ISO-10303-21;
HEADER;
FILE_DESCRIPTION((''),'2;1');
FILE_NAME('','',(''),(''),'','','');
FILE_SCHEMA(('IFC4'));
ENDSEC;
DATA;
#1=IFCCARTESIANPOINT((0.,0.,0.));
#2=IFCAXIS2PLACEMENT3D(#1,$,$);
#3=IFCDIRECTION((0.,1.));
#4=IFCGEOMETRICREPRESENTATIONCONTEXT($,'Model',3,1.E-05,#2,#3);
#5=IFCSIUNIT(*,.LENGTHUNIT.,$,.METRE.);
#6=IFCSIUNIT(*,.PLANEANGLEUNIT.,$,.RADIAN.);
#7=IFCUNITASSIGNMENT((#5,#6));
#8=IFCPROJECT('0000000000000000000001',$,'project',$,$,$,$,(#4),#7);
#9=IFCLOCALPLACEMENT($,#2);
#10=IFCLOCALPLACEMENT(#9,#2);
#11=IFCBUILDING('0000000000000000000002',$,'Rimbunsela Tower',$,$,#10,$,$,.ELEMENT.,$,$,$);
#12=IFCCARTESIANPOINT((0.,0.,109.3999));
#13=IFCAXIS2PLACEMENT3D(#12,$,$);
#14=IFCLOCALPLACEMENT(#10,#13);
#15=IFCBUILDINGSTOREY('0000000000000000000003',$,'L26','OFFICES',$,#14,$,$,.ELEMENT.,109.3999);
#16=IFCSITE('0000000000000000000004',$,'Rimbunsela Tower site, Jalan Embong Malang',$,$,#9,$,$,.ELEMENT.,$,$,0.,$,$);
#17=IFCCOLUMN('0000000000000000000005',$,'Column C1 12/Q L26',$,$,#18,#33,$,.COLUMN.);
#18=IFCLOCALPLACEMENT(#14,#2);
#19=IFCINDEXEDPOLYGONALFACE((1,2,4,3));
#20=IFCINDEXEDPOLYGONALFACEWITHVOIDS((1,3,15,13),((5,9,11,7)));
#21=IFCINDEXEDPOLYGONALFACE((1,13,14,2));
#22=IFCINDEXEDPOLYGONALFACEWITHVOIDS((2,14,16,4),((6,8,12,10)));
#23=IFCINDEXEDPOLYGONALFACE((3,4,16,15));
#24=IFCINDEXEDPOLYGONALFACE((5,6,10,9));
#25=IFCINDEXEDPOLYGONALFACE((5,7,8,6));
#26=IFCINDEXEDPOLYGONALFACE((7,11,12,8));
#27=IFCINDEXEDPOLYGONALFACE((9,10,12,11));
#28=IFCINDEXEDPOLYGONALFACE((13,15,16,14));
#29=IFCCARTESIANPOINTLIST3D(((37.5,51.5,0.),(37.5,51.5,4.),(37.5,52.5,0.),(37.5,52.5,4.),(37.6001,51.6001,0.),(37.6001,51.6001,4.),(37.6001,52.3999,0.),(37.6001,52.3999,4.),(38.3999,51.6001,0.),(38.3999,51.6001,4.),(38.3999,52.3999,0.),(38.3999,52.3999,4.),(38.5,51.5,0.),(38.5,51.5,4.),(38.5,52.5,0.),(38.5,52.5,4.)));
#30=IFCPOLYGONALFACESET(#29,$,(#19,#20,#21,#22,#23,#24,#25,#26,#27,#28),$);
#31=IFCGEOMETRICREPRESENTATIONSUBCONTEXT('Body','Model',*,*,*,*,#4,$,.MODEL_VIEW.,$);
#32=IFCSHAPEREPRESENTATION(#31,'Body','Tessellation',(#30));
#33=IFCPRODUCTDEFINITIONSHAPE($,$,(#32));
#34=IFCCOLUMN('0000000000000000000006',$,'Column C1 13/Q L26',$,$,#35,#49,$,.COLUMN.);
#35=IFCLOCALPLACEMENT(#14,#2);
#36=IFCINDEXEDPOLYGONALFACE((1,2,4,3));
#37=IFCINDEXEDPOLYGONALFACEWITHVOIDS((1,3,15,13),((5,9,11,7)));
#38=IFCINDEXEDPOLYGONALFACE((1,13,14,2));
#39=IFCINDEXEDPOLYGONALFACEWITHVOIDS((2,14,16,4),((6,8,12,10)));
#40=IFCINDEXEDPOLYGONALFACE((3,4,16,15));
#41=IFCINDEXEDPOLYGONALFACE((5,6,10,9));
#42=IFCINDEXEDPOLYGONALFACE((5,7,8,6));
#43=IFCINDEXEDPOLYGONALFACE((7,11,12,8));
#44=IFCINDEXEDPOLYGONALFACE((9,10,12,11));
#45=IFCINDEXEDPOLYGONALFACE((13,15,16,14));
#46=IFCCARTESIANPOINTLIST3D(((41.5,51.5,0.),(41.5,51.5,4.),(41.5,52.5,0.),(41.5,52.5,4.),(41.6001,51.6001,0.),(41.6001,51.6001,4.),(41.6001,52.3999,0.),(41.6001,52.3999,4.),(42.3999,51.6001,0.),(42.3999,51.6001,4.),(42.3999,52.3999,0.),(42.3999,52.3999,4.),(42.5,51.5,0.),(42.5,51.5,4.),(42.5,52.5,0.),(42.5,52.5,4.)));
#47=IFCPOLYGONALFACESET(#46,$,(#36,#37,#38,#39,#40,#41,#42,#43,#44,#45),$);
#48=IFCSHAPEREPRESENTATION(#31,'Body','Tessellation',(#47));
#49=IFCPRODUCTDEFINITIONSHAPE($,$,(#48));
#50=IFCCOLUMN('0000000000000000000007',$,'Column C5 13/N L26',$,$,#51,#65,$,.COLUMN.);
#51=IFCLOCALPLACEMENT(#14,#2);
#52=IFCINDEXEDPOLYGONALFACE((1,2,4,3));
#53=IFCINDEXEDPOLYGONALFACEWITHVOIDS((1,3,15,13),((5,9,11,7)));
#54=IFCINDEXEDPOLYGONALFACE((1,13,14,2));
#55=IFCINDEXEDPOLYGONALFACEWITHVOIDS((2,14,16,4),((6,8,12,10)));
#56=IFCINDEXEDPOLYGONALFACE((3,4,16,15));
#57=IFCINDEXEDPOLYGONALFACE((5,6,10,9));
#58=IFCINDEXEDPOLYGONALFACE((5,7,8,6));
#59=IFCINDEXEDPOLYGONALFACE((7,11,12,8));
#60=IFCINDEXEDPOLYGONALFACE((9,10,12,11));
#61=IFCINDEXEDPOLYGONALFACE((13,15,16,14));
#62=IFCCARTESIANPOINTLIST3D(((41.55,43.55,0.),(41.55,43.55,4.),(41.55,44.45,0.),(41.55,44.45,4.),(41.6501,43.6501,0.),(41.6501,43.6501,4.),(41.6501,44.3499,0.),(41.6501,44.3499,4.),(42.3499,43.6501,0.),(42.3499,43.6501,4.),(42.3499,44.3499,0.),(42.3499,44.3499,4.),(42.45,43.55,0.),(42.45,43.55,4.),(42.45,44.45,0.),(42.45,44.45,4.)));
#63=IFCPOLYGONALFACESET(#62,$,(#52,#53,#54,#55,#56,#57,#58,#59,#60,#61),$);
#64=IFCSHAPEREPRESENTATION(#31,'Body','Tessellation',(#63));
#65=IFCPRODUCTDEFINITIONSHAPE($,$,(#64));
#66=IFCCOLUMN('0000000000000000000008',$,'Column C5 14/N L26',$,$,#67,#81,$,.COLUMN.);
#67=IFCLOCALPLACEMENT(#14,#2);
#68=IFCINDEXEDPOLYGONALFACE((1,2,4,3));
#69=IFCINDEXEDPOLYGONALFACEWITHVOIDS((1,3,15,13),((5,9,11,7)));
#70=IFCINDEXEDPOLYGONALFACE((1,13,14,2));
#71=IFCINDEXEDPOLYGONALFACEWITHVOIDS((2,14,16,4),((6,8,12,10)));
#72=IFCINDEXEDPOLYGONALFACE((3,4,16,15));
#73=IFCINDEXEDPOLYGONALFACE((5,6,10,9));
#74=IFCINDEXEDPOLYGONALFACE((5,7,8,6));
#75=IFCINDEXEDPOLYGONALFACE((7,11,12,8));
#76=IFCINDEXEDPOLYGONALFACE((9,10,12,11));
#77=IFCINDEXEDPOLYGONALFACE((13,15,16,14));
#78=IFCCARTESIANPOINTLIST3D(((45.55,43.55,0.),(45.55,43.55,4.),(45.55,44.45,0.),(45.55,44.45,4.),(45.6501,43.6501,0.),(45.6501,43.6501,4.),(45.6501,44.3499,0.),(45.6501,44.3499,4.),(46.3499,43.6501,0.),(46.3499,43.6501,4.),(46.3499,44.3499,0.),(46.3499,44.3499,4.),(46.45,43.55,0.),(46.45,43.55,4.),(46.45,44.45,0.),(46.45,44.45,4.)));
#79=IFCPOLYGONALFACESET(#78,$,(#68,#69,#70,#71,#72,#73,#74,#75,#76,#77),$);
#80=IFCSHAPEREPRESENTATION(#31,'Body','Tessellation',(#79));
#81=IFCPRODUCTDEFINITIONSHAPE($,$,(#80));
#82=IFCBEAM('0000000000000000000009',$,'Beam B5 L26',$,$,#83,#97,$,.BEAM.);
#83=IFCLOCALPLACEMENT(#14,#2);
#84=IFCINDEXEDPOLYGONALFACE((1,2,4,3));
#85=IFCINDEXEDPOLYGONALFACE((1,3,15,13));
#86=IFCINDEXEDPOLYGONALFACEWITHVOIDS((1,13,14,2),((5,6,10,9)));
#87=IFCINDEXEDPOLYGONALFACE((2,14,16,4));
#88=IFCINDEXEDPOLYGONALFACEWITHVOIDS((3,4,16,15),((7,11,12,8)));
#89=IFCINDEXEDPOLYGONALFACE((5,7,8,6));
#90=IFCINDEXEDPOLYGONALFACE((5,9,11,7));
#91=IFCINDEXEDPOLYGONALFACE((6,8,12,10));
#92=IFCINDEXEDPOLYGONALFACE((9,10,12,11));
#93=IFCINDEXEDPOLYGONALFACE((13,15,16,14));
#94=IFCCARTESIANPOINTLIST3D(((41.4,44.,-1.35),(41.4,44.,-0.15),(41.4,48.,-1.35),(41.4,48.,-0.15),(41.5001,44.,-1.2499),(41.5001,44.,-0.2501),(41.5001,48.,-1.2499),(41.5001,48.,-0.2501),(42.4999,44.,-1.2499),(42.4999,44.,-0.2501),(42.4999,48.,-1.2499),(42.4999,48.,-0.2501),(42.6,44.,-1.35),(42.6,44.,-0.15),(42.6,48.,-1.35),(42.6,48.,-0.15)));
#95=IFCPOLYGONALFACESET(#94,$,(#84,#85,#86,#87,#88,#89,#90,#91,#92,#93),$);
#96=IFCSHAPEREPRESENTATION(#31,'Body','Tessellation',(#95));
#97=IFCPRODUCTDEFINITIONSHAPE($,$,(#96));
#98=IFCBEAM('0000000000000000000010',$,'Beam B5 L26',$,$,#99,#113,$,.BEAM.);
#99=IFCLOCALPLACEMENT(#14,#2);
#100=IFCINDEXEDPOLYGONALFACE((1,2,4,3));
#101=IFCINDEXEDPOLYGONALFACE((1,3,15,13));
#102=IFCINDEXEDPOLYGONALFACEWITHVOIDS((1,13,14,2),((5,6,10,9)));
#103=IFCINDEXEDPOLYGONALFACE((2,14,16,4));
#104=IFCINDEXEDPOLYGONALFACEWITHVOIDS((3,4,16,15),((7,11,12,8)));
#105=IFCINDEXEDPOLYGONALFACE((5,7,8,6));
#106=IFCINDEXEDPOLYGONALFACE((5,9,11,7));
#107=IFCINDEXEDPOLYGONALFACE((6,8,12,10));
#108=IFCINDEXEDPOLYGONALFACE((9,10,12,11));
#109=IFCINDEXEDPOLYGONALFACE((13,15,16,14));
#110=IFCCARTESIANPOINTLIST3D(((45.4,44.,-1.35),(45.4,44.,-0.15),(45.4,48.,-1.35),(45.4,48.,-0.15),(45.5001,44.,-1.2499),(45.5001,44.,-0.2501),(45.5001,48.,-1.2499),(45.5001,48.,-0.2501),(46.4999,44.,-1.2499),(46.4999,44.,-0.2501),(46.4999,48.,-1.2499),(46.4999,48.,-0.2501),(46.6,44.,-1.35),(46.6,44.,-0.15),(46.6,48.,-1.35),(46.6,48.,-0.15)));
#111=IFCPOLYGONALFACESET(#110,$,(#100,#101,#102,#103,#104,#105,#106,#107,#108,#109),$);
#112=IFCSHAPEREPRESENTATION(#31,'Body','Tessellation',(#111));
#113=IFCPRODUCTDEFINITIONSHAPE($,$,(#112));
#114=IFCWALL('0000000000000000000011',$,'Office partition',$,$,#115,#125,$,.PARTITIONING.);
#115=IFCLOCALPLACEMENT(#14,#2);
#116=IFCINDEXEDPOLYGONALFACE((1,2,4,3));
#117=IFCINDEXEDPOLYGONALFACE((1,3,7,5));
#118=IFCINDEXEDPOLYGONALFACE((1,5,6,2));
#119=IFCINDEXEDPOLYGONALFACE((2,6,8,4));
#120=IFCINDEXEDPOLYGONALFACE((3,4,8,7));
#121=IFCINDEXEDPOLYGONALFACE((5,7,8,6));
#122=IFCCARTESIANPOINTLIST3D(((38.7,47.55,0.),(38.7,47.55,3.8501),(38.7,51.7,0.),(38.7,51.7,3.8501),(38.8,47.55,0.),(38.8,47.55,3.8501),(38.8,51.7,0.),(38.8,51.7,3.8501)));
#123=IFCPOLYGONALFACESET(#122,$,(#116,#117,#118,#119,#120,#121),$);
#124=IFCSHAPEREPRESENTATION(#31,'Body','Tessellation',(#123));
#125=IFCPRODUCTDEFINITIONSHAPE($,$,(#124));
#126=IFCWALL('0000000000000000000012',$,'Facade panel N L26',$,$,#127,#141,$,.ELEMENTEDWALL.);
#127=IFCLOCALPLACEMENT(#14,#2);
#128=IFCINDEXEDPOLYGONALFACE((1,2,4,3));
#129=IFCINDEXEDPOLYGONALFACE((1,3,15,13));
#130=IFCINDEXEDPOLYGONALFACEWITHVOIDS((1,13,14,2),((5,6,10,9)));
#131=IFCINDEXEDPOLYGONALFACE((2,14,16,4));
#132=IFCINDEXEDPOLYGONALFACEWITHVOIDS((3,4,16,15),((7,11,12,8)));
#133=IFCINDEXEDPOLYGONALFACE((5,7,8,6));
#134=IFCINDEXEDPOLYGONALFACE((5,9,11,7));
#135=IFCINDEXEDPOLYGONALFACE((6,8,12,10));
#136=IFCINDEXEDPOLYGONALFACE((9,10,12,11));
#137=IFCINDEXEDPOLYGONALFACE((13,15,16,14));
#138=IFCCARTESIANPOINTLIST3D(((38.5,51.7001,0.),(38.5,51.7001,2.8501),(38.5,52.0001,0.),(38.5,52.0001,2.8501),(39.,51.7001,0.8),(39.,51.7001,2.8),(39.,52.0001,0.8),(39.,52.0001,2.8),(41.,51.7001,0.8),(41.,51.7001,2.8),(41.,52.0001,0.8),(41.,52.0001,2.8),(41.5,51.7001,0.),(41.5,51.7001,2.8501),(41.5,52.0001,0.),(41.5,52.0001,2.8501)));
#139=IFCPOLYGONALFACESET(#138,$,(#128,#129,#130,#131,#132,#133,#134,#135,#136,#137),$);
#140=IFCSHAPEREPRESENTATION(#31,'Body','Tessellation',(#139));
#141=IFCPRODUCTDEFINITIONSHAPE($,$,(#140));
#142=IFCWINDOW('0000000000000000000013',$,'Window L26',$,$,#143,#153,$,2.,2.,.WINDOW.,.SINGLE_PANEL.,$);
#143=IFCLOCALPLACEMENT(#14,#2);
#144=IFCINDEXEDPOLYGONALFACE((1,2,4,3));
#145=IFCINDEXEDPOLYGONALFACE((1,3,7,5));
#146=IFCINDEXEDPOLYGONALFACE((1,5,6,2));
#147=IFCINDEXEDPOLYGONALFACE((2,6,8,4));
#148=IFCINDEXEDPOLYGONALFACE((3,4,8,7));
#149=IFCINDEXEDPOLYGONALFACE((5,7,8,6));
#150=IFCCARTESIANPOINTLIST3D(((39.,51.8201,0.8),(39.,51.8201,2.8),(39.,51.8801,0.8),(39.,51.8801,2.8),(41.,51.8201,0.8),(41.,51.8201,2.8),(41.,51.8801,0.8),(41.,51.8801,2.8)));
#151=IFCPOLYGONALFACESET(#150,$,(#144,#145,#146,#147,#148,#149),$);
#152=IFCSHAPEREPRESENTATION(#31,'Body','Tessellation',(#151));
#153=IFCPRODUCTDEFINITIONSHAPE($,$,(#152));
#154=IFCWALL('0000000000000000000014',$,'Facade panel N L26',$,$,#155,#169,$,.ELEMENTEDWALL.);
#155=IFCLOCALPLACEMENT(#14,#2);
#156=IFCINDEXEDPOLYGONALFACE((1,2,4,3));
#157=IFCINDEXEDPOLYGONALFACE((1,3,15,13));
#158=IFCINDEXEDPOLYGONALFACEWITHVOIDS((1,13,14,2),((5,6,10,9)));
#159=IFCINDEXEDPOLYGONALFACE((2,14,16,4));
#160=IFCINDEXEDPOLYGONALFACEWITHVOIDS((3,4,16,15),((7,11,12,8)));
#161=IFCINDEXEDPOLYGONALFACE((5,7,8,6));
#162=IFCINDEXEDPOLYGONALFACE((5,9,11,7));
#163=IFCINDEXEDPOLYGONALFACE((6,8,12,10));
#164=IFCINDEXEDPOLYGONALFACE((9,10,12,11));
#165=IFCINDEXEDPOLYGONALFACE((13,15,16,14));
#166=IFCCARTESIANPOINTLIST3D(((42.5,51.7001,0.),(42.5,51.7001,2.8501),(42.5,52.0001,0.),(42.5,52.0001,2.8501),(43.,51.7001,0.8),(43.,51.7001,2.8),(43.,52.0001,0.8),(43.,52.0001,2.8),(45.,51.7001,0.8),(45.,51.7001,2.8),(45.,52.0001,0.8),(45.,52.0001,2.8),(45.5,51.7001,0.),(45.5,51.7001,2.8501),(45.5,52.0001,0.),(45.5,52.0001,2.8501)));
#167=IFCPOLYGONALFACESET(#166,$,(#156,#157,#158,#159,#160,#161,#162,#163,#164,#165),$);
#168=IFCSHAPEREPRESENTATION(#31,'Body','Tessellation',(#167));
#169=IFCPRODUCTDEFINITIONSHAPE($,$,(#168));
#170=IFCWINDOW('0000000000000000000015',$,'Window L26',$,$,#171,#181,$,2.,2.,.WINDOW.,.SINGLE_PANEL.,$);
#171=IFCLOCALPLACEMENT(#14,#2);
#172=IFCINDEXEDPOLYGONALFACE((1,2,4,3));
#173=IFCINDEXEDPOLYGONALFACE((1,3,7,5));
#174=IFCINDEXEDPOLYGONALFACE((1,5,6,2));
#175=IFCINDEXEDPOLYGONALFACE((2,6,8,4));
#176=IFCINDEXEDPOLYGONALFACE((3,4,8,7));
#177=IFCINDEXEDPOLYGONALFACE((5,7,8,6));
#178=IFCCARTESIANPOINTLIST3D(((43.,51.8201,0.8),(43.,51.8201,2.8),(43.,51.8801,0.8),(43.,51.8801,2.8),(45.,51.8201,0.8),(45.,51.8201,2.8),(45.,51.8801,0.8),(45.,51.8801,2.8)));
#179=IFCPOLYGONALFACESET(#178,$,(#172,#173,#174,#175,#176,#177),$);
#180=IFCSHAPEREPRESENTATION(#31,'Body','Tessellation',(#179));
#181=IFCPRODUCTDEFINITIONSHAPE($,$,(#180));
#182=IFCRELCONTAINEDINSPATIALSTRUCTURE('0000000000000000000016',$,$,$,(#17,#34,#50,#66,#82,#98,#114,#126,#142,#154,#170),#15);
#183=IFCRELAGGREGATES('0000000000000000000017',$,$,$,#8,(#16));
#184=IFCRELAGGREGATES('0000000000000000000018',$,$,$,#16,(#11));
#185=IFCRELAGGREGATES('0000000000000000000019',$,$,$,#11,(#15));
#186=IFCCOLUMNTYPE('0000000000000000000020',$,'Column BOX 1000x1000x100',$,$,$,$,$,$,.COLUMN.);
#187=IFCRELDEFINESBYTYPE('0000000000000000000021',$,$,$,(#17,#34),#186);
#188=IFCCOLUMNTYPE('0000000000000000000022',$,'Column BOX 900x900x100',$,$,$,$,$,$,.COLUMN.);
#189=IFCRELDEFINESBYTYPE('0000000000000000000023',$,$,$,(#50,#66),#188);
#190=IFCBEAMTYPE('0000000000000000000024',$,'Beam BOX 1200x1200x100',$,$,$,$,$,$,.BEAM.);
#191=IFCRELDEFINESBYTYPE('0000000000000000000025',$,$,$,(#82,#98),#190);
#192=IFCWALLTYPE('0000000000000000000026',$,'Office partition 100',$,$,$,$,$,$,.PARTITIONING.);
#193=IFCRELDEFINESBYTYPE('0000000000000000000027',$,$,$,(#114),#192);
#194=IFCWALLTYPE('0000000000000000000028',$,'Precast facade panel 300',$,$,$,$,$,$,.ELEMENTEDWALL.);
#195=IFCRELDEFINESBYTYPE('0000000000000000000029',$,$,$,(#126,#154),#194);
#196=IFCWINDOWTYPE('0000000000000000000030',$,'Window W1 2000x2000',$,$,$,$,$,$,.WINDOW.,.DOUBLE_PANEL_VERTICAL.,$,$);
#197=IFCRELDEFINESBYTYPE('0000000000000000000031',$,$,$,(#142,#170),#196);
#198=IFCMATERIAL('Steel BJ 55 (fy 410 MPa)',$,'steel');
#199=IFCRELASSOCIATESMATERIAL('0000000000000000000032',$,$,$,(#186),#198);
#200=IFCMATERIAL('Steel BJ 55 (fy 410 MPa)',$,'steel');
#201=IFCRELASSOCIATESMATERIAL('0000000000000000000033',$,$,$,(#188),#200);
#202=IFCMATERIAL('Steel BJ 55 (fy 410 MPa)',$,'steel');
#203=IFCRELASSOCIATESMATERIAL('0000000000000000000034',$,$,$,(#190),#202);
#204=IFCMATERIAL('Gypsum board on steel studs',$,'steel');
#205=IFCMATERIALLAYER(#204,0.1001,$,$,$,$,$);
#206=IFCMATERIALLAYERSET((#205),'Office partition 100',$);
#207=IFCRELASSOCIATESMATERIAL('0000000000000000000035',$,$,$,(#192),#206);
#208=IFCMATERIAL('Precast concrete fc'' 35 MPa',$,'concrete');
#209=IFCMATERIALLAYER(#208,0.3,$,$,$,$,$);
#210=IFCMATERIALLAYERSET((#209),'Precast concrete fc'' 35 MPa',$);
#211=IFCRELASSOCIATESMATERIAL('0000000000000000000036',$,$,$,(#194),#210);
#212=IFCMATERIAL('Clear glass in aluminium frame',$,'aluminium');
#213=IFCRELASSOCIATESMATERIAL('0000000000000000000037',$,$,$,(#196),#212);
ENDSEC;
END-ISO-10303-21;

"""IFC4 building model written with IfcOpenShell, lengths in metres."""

from ifc_helpers import new_model, si_unit, direction, frame, frame_2d, origin, origin_2d, place, context, subcontext, project, spatial, rectangle, hollow_rectangle, extrude, material, layer, layer_set, material_profile, profile_set, type_object, element, fill, save


model = new_model("IFC4")

# Units and contexts
model_context = context("Model", 3, precision=1e-05, world=origin(), true_north=direction((0.0, 1.0)))
body_context = subcontext(model_context, "Body", "Model", "MODEL_VIEW")
ifc_project = project(units=[si_unit("LENGTHUNIT", "METRE"), si_unit("PLANEANGLEUNIT", "RADIAN")], contexts=[model_context])

# Site, building, storey
site_placement = place(None, origin())
site = spatial("IfcSite", under=ifc_project, at=site_placement, Name="Rimbunsela Tower site, Jalan Embong Malang", CompositionType="ELEMENT", RefElevation=0.0)
building_placement = place(site_placement, origin())
building = spatial("IfcBuilding", under=site, at=building_placement, Name="Rimbunsela Tower", CompositionType="ELEMENT")
storey_placement = place(building_placement, frame((0.0, 0.0, 109.3999)))
storey = spatial("IfcBuildingStorey", under=building, at=storey_placement, Name="L26", Description="OFFICES", CompositionType="ELEMENT", Elevation=109.3999)

# Columns
ifc_material_1 = material(Name="Steel BJ 55 (fy 410 MPa)", Category="steel")
ifc_material_profile_1 = material_profile(ifc_material_1, hollow_rectangle(XDim=1.0, YDim=1.0, WallThickness=0.1001, at=origin_2d()), Name="BOX 1000x1000x100")
ifc_profile_set_1 = profile_set([ifc_material_profile_1], Name="Steel BJ 55 (fy 410 MPa)")
column_type_1 = type_object("IfcColumnType", Name="Column BOX 1000x1000x100", PredefinedType="COLUMN", material=ifc_profile_set_1)
for number, where, z_axis, x_axis, name in (
    (1, (38.0, 52.0, 0.0), (0.0, 0.0, 1.0), (1.0, 0.0, 0.0), "Column C1 12/Q L26"),
    (2, (42.0, 52.0, 0.0), (0.0, 0.0, 1.0), (1.0, 0.0, 0.0), "Column C1 13/Q L26"),
):
    element("IfcColumn", number, at=place(storey_placement, frame(where, z_axis=z_axis, x_axis=x_axis)), inside=storey, type_object=column_type_1, Name=name, PredefinedType="COLUMN", context=body_context, shape_type="SweptSolid", body=[
        extrude(hollow_rectangle(XDim=1.0, YDim=1.0, WallThickness=0.1001, at=origin_2d()), origin(), (0.0, 0.0, 1.0), 4.0),
    ])
ifc_material_2 = material(Name="Steel BJ 55 (fy 410 MPa)", Category="steel")
ifc_material_profile_2 = material_profile(ifc_material_2, hollow_rectangle(XDim=0.8999, YDim=0.8999, WallThickness=0.1001, at=origin_2d()), Name="BOX 900x900x100")
ifc_profile_set_2 = profile_set([ifc_material_profile_2], Name="Steel BJ 55 (fy 410 MPa)")
column_type_2 = type_object("IfcColumnType", Name="Column BOX 900x900x100", PredefinedType="COLUMN", material=ifc_profile_set_2)
for number, where, z_axis, x_axis, name in (
    (3, (42.0, 44.0, 0.0), (0.0, 0.0, 1.0), (1.0, 0.0, 0.0), "Column C5 13/N L26"),
    (4, (46.0, 44.0, 0.0), (0.0, 0.0, 1.0), (1.0, 0.0, 0.0), "Column C5 14/N L26"),
):
    element("IfcColumn", number, at=place(storey_placement, frame(where, z_axis=z_axis, x_axis=x_axis)), inside=storey, type_object=column_type_2, Name=name, PredefinedType="COLUMN", context=body_context, shape_type="SweptSolid", body=[
        extrude(hollow_rectangle(XDim=0.8999, YDim=0.8999, WallThickness=0.1001, at=origin_2d()), origin(), (0.0, 0.0, 1.0), 4.0),
    ])

# Beams
ifc_material_3 = material(Name="Steel BJ 55 (fy 410 MPa)", Category="steel")
ifc_material_profile_3 = material_profile(ifc_material_3, hollow_rectangle(XDim=1.2, YDim=1.2, WallThickness=0.1001, at=origin_2d()), Name="BOX 1200x1200x100")
ifc_profile_set_3 = profile_set([ifc_material_profile_3], Name="Steel BJ 55 (fy 410 MPa)")
beam_type = type_object("IfcBeamType", Name="Beam BOX 1200x1200x100", PredefinedType="BEAM", material=ifc_profile_set_3)
for number, where, z_axis, x_axis, name in (
    (5, (42.0, 44.0, -0.75), (0.0, 1.0, 0.0), (-1.0, 0.0, 0.0), "Beam B5 L26"),
    (6, (46.0, 44.0, -0.75), (0.0, 1.0, 0.0), (-1.0, 0.0, 0.0), "Beam B5 L26"),
):
    element("IfcBeam", number, at=place(storey_placement, frame(where, z_axis=z_axis, x_axis=x_axis)), inside=storey, type_object=beam_type, Name=name, PredefinedType="BEAM", context=body_context, shape_type="SweptSolid", body=[
        extrude(hollow_rectangle(XDim=1.2, YDim=1.2, WallThickness=0.1001, at=origin_2d()), origin(), (0.0, 0.0, 1.0), 4.0),
    ])

# Wall
ifc_material_4 = material(Name="Gypsum board on steel studs", Category="steel")
ifc_layer_1 = layer(ifc_material_4, 0.1001)
ifc_layer_set_1 = layer_set([ifc_layer_1], Name="Office partition 100")
wall_type_1 = type_object("IfcWallType", Name="Office partition 100", PredefinedType="PARTITIONING", material=ifc_layer_set_1)
wall_1_placement = place(storey_placement, frame((38.75, 47.55, 0.0), z_axis=(0.0, 0.0, 1.0), x_axis=(0.0, 1.0, 0.0)))
element("IfcWall", 7, at=wall_1_placement, inside=storey, type_object=wall_type_1, Name="Office partition", PredefinedType="PARTITIONING", context=body_context, shape_type="SweptSolid", body=[
    extrude(rectangle(XDim=4.1499, YDim=0.1001, at=frame_2d((2.075, 0.0))), origin(), (0.0, 0.0, 1.0), 3.8501),
])

# Walls, openings, windows
ifc_material_5 = material(Name="Precast concrete fc' 35 MPa", Category="concrete")
ifc_layer_2 = layer(ifc_material_5, 0.3)
ifc_layer_set_2 = layer_set([ifc_layer_2], Name="Precast concrete fc' 35 MPa")
wall_type_2 = type_object("IfcWallType", Name="Precast facade panel 300", PredefinedType="ELEMENTEDWALL", material=ifc_layer_set_2)
wall_2_placement = place(storey_placement, frame((41.5, 51.8501, 0.0), z_axis=(0.0, 0.0, 1.0), x_axis=(-1.0, 0.0, 0.0)))
wall_2 = element("IfcWall", 8, at=wall_2_placement, inside=storey, type_object=wall_type_2, Name="Facade panel N L26", PredefinedType="ELEMENTEDWALL", context=body_context, shape_type="SweptSolid", body=[
    extrude(rectangle(XDim=3.0, YDim=0.3, at=frame_2d((1.5, 0.0))), origin(), (0.0, 0.0, 1.0), 2.8501),
])
opening_1_placement = place(wall_2_placement, frame((0.5, 0.0, 0.8)))
opening_1 = element("IfcOpeningElement", 9, at=opening_1_placement, cuts=wall_2, PredefinedType="OPENING", context=body_context, shape_type="SweptSolid", body=[
    extrude(rectangle(XDim=2.0, YDim=2.0, at=frame_2d((1.0, 1.0))), frame((0.0, 0.1599, 0.0), z_axis=(0.0, -1.0, 0.0), x_axis=(1.0, 0.0, 0.0)), (0.0, 0.0, 1.0), 0.3201),
])
ifc_material_6 = material(Name="Clear glass in aluminium frame", Category="aluminium")
window_type = type_object("IfcWindowType", Name="Window W1 2000x2000", PartitioningType="DOUBLE_PANEL_VERTICAL", PredefinedType="WINDOW", material=ifc_material_6)
window_1_placement = place(opening_1_placement, origin())
window_1 = element("IfcWindow", 10, at=window_1_placement, inside=storey, type_object=window_type, Name="Window L26", OverallHeight=2.0, OverallWidth=2.0, PartitioningType="SINGLE_PANEL", PredefinedType="WINDOW", context=body_context, shape_type="SweptSolid", body=[
    extrude(rectangle(XDim=2.0, YDim=2.0, at=frame_2d((1.0, 1.0))), frame((0.0, 0.03, 0.0), z_axis=(0.0, -1.0, 0.0), x_axis=(1.0, 0.0, 0.0)), (0.0, 0.0, 1.0), 0.0601),
])
fill(opening_1, window_1)
wall_3_placement = place(storey_placement, frame((45.5, 51.8501, 0.0), z_axis=(0.0, 0.0, 1.0), x_axis=(-1.0, 0.0, 0.0)))
wall_3 = element("IfcWall", 11, at=wall_3_placement, inside=storey, type_object=wall_type_2, Name="Facade panel N L26", PredefinedType="ELEMENTEDWALL", context=body_context, shape_type="SweptSolid", body=[
    extrude(rectangle(XDim=3.0, YDim=0.3, at=frame_2d((1.5, 0.0))), origin(), (0.0, 0.0, 1.0), 2.8501),
])
opening_2_placement = place(wall_3_placement, frame((0.5, 0.0, 0.8)))
opening_2 = element("IfcOpeningElement", 12, at=opening_2_placement, cuts=wall_3, PredefinedType="OPENING", context=body_context, shape_type="SweptSolid", body=[
    extrude(rectangle(XDim=2.0, YDim=2.0, at=frame_2d((1.0, 1.0))), frame((0.0, 0.1599, 0.0), z_axis=(0.0, -1.0, 0.0), x_axis=(1.0, 0.0, 0.0)), (0.0, 0.0, 1.0), 0.3201),
])
window_2_placement = place(opening_2_placement, origin())
window_2 = element("IfcWindow", 13, at=window_2_placement, inside=storey, type_object=window_type, Name="Window L26", OverallHeight=2.0, OverallWidth=2.0, PartitioningType="SINGLE_PANEL", PredefinedType="WINDOW", context=body_context, shape_type="SweptSolid", body=[
    extrude(rectangle(XDim=2.0, YDim=2.0, at=frame_2d((1.0, 1.0))), frame((0.0, 0.03, 0.0), z_axis=(0.0, -1.0, 0.0), x_axis=(1.0, 0.0, 0.0)), (0.0, 0.0, 1.0), 0.0601),
])
fill(opening_2, window_2)

save(model, "model.ifc")
